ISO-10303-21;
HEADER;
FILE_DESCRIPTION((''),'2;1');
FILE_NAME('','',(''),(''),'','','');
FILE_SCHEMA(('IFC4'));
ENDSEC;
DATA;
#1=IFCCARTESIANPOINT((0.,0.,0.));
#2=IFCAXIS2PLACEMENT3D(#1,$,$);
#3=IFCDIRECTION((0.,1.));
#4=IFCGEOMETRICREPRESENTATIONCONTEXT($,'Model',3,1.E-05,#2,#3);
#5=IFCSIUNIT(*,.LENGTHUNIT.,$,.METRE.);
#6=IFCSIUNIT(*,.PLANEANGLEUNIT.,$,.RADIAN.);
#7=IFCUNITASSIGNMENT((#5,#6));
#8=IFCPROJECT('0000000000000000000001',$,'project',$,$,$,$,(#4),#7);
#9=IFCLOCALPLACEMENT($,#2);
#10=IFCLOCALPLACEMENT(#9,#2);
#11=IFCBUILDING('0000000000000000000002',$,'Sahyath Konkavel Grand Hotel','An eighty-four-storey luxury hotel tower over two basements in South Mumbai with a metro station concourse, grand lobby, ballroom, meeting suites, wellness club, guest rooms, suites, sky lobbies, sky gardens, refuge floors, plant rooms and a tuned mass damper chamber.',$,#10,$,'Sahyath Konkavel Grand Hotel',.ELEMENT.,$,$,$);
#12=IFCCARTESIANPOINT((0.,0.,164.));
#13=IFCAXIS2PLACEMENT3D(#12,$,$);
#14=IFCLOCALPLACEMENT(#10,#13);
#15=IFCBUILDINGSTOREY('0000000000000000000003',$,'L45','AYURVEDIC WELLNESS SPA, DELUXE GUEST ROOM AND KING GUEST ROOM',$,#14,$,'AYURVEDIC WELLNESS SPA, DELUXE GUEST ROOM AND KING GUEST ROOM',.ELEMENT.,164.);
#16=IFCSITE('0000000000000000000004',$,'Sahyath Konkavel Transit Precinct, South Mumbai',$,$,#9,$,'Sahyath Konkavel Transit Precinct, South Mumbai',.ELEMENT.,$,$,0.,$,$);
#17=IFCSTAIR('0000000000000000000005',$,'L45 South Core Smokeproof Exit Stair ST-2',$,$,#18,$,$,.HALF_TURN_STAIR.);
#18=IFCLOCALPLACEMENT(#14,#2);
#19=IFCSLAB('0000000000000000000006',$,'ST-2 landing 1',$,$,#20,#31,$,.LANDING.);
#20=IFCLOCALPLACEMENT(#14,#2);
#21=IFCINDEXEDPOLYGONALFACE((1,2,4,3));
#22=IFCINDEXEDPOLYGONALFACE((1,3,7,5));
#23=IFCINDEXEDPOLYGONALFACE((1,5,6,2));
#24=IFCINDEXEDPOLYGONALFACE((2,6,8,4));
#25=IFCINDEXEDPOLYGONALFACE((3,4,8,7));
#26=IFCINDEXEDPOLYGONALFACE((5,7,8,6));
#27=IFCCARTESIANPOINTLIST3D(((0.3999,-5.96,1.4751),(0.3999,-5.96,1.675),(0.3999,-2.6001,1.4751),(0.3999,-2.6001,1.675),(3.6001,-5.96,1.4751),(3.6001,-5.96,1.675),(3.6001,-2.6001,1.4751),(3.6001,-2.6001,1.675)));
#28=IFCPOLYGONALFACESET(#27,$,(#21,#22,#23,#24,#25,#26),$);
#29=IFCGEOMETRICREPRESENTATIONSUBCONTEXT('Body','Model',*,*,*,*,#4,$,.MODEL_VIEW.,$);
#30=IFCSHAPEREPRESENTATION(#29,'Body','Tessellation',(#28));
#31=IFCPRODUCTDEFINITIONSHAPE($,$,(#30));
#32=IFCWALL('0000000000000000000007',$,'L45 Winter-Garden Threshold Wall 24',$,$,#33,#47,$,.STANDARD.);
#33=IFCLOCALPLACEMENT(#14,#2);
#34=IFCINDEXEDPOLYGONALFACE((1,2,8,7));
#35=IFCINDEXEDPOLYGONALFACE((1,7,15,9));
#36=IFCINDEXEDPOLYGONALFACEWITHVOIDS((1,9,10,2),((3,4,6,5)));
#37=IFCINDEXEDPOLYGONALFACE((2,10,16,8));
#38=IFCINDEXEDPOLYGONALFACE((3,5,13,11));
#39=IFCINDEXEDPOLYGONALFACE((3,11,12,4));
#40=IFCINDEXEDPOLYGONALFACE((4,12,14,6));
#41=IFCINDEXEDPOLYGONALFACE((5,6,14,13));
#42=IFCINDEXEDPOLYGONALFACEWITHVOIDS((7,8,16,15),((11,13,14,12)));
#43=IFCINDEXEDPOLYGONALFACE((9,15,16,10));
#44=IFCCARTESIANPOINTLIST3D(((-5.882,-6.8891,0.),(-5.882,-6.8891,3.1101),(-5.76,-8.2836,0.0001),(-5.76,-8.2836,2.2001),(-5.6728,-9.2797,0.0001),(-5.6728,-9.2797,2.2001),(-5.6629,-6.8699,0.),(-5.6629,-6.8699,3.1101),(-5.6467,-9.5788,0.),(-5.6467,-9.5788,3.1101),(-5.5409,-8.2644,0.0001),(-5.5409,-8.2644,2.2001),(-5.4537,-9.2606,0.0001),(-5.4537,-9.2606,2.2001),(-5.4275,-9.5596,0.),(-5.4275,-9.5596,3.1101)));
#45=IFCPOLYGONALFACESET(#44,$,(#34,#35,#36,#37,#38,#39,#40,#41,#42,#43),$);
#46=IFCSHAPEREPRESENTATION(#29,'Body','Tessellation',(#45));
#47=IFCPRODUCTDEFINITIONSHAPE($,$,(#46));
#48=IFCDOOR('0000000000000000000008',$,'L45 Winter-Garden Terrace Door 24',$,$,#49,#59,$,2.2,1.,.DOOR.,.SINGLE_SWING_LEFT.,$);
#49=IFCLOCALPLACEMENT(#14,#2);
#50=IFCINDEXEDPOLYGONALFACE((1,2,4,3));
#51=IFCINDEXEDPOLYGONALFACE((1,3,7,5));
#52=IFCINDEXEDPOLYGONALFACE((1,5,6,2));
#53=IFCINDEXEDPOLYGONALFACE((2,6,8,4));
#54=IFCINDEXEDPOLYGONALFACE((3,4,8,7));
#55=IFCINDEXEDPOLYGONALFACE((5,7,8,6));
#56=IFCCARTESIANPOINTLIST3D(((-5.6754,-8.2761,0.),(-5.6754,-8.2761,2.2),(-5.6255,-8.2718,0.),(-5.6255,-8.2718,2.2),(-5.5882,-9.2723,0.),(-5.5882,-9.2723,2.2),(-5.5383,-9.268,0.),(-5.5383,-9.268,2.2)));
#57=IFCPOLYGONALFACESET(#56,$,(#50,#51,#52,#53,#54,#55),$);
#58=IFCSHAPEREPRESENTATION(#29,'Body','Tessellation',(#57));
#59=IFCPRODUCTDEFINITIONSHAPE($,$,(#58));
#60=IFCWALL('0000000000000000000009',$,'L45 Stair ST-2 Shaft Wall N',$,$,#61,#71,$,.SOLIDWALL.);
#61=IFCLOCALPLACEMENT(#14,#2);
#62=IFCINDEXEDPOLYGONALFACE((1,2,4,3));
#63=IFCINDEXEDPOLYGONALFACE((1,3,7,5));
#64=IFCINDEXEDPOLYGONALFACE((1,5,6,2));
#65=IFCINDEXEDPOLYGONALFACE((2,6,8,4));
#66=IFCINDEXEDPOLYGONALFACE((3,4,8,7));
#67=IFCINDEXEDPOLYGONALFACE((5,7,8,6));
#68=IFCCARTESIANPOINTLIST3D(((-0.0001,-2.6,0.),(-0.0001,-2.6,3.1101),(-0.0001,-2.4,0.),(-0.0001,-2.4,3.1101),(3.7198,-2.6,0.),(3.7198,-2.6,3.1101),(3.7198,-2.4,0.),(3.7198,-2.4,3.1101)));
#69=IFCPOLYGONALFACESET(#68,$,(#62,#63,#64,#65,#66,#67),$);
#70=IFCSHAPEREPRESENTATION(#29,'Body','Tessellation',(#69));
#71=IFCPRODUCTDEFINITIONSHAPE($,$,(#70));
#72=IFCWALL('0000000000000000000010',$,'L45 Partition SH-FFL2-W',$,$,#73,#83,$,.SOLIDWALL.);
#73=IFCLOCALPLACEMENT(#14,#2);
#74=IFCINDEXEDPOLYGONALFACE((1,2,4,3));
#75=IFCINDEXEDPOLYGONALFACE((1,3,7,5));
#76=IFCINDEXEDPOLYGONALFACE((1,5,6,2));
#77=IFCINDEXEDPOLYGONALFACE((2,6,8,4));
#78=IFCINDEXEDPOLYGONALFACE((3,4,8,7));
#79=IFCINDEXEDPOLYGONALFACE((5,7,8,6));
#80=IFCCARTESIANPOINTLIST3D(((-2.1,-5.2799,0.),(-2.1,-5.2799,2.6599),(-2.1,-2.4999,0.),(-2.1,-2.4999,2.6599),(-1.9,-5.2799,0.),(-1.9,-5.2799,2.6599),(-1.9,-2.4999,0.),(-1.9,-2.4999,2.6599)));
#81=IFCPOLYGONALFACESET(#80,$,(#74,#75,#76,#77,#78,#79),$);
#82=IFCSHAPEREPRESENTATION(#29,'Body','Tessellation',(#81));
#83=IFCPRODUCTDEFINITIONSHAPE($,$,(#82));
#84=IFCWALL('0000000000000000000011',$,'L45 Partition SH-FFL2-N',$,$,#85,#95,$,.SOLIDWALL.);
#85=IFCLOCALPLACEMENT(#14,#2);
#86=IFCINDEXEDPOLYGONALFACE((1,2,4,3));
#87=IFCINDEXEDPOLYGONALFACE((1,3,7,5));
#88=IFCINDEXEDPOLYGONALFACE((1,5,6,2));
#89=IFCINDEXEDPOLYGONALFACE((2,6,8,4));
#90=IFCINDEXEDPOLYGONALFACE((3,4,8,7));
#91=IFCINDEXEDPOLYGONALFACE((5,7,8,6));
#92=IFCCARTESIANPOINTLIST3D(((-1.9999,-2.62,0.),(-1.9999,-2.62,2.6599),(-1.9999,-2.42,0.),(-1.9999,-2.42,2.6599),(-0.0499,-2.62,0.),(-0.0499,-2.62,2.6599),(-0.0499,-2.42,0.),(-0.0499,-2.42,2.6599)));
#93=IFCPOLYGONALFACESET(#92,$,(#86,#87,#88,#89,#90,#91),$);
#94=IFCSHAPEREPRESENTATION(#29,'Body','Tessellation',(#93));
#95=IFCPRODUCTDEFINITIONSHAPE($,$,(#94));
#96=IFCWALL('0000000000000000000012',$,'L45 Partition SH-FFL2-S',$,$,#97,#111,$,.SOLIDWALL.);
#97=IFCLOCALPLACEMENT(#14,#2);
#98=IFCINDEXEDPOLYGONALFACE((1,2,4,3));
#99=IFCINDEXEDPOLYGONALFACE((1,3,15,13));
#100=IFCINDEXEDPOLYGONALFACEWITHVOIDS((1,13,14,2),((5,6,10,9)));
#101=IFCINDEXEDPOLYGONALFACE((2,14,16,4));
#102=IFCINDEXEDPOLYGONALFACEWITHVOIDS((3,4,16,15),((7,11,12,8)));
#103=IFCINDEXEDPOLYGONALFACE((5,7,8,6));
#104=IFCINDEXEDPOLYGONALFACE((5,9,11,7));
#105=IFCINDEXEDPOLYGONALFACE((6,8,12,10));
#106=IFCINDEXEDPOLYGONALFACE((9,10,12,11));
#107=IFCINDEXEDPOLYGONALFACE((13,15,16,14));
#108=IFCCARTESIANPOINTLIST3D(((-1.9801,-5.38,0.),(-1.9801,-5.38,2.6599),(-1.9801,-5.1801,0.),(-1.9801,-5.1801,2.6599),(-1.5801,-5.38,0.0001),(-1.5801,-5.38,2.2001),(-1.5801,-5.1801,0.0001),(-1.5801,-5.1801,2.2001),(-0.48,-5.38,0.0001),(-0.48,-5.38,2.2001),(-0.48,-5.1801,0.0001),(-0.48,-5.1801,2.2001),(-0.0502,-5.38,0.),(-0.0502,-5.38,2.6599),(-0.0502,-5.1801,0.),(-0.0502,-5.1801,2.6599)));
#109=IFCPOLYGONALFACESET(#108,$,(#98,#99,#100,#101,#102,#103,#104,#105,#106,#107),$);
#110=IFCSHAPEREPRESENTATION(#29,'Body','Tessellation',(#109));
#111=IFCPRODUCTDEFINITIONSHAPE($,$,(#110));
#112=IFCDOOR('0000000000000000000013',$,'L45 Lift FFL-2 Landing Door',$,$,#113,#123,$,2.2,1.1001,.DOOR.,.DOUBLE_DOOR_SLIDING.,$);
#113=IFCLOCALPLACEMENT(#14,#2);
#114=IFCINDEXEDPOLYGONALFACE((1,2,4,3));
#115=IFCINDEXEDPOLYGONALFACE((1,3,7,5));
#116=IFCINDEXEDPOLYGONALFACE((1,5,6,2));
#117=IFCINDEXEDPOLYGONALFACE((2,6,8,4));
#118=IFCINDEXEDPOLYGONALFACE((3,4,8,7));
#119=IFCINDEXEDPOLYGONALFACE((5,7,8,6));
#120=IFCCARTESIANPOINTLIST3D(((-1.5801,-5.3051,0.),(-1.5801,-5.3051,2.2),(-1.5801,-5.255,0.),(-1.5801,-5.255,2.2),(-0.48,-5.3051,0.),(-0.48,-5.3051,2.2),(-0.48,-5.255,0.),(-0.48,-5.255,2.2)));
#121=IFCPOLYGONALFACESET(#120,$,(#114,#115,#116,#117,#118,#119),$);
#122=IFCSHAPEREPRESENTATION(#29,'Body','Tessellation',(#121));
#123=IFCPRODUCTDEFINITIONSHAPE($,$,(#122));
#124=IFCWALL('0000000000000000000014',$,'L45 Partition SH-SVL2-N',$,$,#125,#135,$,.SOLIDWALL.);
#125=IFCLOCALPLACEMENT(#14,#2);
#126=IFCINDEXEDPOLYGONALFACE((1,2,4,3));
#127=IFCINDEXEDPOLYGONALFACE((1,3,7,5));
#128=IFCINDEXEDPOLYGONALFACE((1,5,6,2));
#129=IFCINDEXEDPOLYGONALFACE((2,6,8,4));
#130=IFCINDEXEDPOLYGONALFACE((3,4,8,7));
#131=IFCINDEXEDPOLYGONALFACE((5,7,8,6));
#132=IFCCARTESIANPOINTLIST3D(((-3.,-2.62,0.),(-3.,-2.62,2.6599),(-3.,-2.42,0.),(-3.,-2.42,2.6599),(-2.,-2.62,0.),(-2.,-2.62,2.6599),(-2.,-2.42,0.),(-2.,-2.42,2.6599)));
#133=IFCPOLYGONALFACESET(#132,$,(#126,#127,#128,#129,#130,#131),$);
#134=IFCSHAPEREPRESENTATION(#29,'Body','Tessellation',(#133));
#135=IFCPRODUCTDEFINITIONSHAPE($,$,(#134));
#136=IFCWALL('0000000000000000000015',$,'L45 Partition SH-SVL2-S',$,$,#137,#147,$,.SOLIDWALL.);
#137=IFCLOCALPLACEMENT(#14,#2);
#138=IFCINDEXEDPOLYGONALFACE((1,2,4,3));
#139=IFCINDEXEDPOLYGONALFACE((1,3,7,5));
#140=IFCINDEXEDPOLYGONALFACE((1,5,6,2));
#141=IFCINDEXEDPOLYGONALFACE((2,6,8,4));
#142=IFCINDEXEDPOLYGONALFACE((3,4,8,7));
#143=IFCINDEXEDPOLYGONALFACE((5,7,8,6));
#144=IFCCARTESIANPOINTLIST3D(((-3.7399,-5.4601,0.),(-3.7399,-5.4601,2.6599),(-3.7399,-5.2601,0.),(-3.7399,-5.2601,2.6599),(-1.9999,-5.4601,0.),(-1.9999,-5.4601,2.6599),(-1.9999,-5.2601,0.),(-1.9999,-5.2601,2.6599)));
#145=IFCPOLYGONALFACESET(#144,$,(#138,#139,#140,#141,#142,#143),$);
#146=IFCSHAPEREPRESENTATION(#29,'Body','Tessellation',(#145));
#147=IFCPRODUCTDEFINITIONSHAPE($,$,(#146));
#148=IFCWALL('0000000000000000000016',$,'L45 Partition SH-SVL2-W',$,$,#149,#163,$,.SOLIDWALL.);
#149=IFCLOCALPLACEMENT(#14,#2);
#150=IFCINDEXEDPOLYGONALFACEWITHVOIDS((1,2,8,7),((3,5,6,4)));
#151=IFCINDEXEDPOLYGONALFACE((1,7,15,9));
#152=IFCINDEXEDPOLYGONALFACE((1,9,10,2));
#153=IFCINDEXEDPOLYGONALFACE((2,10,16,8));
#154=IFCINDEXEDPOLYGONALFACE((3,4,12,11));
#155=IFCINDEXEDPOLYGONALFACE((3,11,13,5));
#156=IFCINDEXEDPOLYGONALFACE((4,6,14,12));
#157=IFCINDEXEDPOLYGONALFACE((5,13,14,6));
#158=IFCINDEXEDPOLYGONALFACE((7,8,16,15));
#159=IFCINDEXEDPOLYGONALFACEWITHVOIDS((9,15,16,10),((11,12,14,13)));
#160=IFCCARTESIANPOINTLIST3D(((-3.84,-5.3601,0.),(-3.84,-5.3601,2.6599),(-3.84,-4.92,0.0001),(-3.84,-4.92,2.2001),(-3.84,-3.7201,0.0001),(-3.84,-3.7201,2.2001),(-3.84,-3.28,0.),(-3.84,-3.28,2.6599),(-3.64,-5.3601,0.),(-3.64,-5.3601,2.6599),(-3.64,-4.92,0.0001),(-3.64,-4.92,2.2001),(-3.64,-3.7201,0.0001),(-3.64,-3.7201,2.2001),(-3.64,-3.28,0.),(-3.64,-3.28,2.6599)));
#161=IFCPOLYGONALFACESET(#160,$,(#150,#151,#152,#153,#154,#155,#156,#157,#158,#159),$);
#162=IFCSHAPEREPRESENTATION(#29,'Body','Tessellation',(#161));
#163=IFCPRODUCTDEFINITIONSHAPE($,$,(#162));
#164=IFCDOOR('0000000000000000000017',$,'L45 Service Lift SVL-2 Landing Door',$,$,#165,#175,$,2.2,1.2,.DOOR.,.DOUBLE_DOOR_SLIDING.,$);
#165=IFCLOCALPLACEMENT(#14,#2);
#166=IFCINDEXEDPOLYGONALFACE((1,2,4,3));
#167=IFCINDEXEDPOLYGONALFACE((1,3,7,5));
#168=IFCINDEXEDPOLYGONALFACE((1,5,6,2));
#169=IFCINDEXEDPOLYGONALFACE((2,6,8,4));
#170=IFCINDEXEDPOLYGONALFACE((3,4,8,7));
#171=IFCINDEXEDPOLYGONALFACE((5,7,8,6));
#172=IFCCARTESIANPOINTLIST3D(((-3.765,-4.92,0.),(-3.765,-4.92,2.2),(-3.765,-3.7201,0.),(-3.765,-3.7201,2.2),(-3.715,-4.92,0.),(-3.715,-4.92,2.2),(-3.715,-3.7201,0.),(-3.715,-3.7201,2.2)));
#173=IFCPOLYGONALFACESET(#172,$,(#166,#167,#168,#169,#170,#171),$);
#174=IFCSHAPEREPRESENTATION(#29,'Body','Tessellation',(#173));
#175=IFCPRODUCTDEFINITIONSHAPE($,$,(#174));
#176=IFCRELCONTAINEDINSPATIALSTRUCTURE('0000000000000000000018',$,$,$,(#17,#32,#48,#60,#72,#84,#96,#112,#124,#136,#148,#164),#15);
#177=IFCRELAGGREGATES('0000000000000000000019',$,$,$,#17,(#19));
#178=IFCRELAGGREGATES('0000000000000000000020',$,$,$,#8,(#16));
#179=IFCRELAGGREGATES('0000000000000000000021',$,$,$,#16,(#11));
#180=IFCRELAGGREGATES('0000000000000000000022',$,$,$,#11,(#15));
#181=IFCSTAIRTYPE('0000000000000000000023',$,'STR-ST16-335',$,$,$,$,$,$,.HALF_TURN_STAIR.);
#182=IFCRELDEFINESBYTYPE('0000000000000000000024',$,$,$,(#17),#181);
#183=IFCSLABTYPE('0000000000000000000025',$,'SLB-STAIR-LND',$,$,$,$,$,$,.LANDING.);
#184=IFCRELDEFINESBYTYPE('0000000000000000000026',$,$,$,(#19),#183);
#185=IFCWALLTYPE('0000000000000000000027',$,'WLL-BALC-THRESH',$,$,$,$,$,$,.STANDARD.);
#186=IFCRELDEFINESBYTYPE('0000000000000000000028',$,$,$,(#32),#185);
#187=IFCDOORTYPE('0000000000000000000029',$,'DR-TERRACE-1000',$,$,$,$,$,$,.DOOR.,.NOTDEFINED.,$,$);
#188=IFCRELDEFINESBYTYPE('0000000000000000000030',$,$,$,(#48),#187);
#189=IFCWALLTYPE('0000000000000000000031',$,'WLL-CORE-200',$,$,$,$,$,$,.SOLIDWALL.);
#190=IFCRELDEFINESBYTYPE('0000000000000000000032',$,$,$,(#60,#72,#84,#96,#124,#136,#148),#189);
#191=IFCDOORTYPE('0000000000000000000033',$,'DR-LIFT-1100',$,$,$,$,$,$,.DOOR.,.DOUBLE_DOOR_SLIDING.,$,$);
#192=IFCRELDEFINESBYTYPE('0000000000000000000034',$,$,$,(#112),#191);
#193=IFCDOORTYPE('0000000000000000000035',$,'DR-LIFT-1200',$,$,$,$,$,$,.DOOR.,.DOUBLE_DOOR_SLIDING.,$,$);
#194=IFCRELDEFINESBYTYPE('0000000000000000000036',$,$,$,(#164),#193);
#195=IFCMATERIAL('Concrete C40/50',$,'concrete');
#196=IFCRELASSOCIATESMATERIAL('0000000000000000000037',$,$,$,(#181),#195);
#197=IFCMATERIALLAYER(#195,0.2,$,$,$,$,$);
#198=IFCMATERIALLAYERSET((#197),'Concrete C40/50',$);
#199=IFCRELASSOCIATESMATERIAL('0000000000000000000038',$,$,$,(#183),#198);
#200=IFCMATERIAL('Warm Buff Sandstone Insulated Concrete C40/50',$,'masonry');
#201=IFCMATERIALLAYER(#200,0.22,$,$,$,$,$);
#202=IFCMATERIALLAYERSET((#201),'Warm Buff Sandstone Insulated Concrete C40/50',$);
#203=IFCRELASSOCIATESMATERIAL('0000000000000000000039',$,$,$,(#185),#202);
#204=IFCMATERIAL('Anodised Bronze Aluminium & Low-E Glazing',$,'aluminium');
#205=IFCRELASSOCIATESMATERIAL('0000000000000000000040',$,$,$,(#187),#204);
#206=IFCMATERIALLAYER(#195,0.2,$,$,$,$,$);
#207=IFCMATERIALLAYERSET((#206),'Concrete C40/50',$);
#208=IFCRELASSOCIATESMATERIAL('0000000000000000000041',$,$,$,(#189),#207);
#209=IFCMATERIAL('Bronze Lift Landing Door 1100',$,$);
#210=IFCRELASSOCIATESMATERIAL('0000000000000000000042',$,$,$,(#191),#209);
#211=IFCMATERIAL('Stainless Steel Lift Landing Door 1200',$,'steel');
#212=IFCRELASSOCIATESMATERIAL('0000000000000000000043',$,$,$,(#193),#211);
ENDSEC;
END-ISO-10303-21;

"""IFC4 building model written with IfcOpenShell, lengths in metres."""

from ifc_helpers import new_model, si_unit, direction, frame, frame_2d, origin, origin_2d, place, context, subcontext, project, spatial, polyline, rectangle, outline, extrude, source, transform, mapped, material, layer, layer_set, type_object, element, fill, aggregate, save


model = new_model("IFC4")

# Units and contexts
model_context = context("Model", 3, precision=1e-05, world=origin(), true_north=direction((0.0, 1.0)))
body_context = subcontext(model_context, "Body", "Model", "MODEL_VIEW")
ifc_project = project(units=[si_unit("LENGTHUNIT", "METRE"), si_unit("PLANEANGLEUNIT", "RADIAN")], contexts=[model_context])

# Site, building, storey
site_placement = place(None, origin())
site = spatial("IfcSite", under=ifc_project, at=site_placement, Name="Sahyath Konkavel Transit Precinct, South Mumbai", LongName="Sahyath Konkavel Transit Precinct, South Mumbai", CompositionType="ELEMENT", RefElevation=0.0)
building_placement = place(site_placement, origin())
building = spatial("IfcBuilding", under=site, at=building_placement, Name="Sahyath Konkavel Grand Hotel", Description="An eighty-four-storey luxury hotel tower over two basements in South Mumbai with a metro station concourse, grand lobby, ballroom, meeting suites, wellness club, guest rooms, suites, sky lobbies, sky gardens, refuge floors, plant rooms and a tuned mass damper chamber.", LongName="Sahyath Konkavel Grand Hotel", CompositionType="ELEMENT")
storey_placement = place(building_placement, frame((0.0, 0.0, 164.0)))
storey = spatial("IfcBuildingStorey", under=building, at=storey_placement, Name="L45", Description="AYURVEDIC WELLNESS SPA, DELUXE GUEST ROOM AND KING GUEST ROOM", LongName="AYURVEDIC WELLNESS SPA, DELUXE GUEST ROOM AND KING GUEST ROOM", CompositionType="ELEMENT", Elevation=164.0)

# Shared definitions
ifc_material_1 = material(Name="Anodised Bronze Aluminium & Low-E Glazing", Category="aluminium")

# Shared definitions
ifc_material_2 = material(Name="Concrete C40/50", Category="concrete")

# Stair, slab
stair_type = type_object("IfcStairType", Name="STR-ST16-335", PredefinedType="HALF_TURN_STAIR", material=ifc_material_2)
ifc_layer_1 = layer(ifc_material_2, 0.2)
ifc_layer_set_1 = layer_set([ifc_layer_1], Name="Concrete C40/50")
slab_type_1 = type_object("IfcSlabType", Name="SLB-STAIR-LND", PredefinedType="LANDING", material=ifc_layer_set_1)
stair_1_placement = place(storey_placement, origin())
stair_1 = element("IfcStair", 1, at=stair_1_placement, inside=storey, type_object=stair_type, Name="L45 South Core Smokeproof Exit Stair ST-2", PredefinedType="HALF_TURN_STAIR")
slab_1_placement = place(storey_placement, frame((0.0, 0.0, 1.4751)))
slab_1 = element("IfcSlab", 2, at=slab_1_placement, type_object=slab_type_1, Name="ST-2 landing 1", PredefinedType="LANDING", context=body_context, shape_type="SweptSolid", body=[
    extrude(outline(polyline([(3.6001, -5.96), (3.6001, -2.6001), (0.3999, -2.6001), (0.3999, -5.96), (3.6001, -5.96)])), origin(), (0.0, 0.0, 1.0), 0.2),
])
aggregate(stair_1, [slab_1])

# Wall, opening, door
ifc_material_3 = material(Name="Warm Buff Sandstone Insulated Concrete C40/50", Category="masonry")
ifc_layer_2 = layer(ifc_material_3, 0.22)
ifc_layer_set_2 = layer_set([ifc_layer_2], Name="Warm Buff Sandstone Insulated Concrete C40/50")
wall_type_1 = type_object("IfcWallType", Name="WLL-BALC-THRESH", PredefinedType="STANDARD", material=ifc_layer_set_2)
wall_1_placement = place(storey_placement, frame((-5.7725, -6.8794, 0.0), z_axis=(0.0, 0.0, 1.0), x_axis=(0.087168, -0.996194, 0.0)))
wall_1 = element("IfcWall", 3, at=wall_1_placement, inside=storey, type_object=wall_type_1, Name="L45 Winter-Garden Threshold Wall 24", PredefinedType="STANDARD", context=body_context, shape_type="SweptSolid", body=[
    extrude(rectangle(XDim=2.7, YDim=0.22, at=frame_2d((1.3501, 0.0))), origin(), (0.0, 0.0, 1.0), 3.1101),
])
opening_1_placement = place(wall_1_placement, frame((1.3999, 0.0, 0.0)))
opening_1 = element("IfcOpeningElement", 4, at=opening_1_placement, cuts=wall_1, PredefinedType="OPENING", context=body_context, shape_type="SweptSolid", body=[
    extrude(rectangle(XDim=1.0, YDim=2.2, at=frame_2d((0.5, 1.1001))), frame((0.0, 0.1201, 0.0), z_axis=(0.0, -1.0, 0.0), x_axis=(1.0, 0.0, 0.0)), (0.0, 0.0, 1.0), 0.24),
])
door_type_1 = type_object("IfcDoorType", Name="DR-TERRACE-1000", OperationType="NOTDEFINED", PredefinedType="DOOR", material=ifc_material_1)
shared_shape_1 = source(origin(), body_context, "Body", "SweptSolid", [
    extrude(rectangle(XDim=1.0, YDim=0.05, at=origin_2d()), origin(), (0.0, 0.0, 1.0), 2.2),
])
door_1_placement = place(opening_1_placement, frame((0.5, 0.0, 0.0)))
door_1 = element("IfcDoor", 5, at=door_1_placement, inside=storey, type_object=door_type_1, Name="L45 Winter-Garden Terrace Door 24", OperationType="SINGLE_SWING_LEFT", OverallHeight=2.2, OverallWidth=1.0, PredefinedType="DOOR", context=body_context, shape_type="MappedRepresentation", body=[
    mapped(shared_shape_1, transform((0.0, 0.0, 0.0), scale=1.0)),
])
fill(opening_1, door_1)

# Walls
ifc_layer_3 = layer(ifc_material_2, 0.2)
ifc_layer_set_3 = layer_set([ifc_layer_3], Name="Concrete C40/50")
wall_type_2 = type_object("IfcWallType", Name="WLL-CORE-200", PredefinedType="SOLIDWALL", material=ifc_layer_set_3)
wall_2_placement = place(storey_placement, frame((0.0, -2.5, 0.0), z_axis=(0.0, 0.0, 1.0), x_axis=(1.0, 0.0, 0.0)))
element("IfcWall", 6, at=wall_2_placement, inside=storey, type_object=wall_type_2, Name="L45 Stair ST-2 Shaft Wall N", PredefinedType="SOLIDWALL", context=body_context, shape_type="SweptSolid", body=[
    extrude(rectangle(XDim=3.72, YDim=0.2, at=frame_2d((1.8599, 0.0))), origin(), (0.0, 0.0, 1.0), 3.1101),
])
wall_3_placement = place(storey_placement, frame((-2.0, -5.28, 0.0), z_axis=(0.0, 0.0, 1.0), x_axis=(0.0, 1.0, 0.0)))
element("IfcWall", 7, at=wall_3_placement, inside=storey, type_object=wall_type_2, Name="L45 Partition SH-FFL2-W", PredefinedType="SOLIDWALL", context=body_context, shape_type="SweptSolid", body=[
    extrude(rectangle(XDim=2.78, YDim=0.2, at=frame_2d((1.3901, 0.0))), origin(), (0.0, 0.0, 1.0), 2.6599),
])
wall_4_placement = place(storey_placement, frame((-2.0, -2.52, 0.0), z_axis=(0.0, 0.0, 1.0), x_axis=(1.0, 0.0, 0.0)))
element("IfcWall", 8, at=wall_4_placement, inside=storey, type_object=wall_type_2, Name="L45 Partition SH-FFL2-N", PredefinedType="SOLIDWALL", context=body_context, shape_type="SweptSolid", body=[
    extrude(rectangle(XDim=1.95, YDim=0.2, at=frame_2d((0.9751, 0.0))), origin(), (0.0, 0.0, 1.0), 2.6599),
])

# Wall, opening, door
wall_5_placement = place(storey_placement, frame((-1.98, -5.28, 0.0), z_axis=(0.0, 0.0, 1.0), x_axis=(1.0, 0.0, 0.0)))
wall_5 = element("IfcWall", 9, at=wall_5_placement, inside=storey, type_object=wall_type_2, Name="L45 Partition SH-FFL2-S", PredefinedType="SOLIDWALL", context=body_context, shape_type="SweptSolid", body=[
    extrude(rectangle(XDim=1.9299, YDim=0.2, at=frame_2d((0.9648, 0.0))), origin(), (0.0, 0.0, 1.0), 2.6599),
])
opening_2_placement = place(wall_5_placement, frame((0.3999, 0.0, 0.0)))
opening_2 = element("IfcOpeningElement", 10, at=opening_2_placement, cuts=wall_5, PredefinedType="OPENING", context=body_context, shape_type="SweptSolid", body=[
    extrude(rectangle(XDim=1.1001, YDim=2.2, at=frame_2d((0.55, 1.1001))), frame((0.0, 0.1099, 0.0), z_axis=(0.0, -1.0, 0.0), x_axis=(1.0, 0.0, 0.0)), (0.0, 0.0, 1.0), 0.22),
])
ifc_material_4 = material(Name="Bronze Lift Landing Door 1100")
door_type_2 = type_object("IfcDoorType", Name="DR-LIFT-1100", OperationType="DOUBLE_DOOR_SLIDING", PredefinedType="DOOR", material=ifc_material_4)
shared_shape_2 = source(origin(), body_context, "Body", "SweptSolid", [
    extrude(rectangle(XDim=1.1001, YDim=0.05, at=origin_2d()), origin(), (0.0, 0.0, 1.0), 2.2),
])
door_2_placement = place(opening_2_placement, frame((0.55, 0.0, 0.0)))
door_2 = element("IfcDoor", 11, at=door_2_placement, inside=storey, type_object=door_type_2, Name="L45 Lift FFL-2 Landing Door", OperationType="DOUBLE_DOOR_SLIDING", OverallHeight=2.2, OverallWidth=1.1001, PredefinedType="DOOR", context=body_context, shape_type="MappedRepresentation", body=[
    mapped(shared_shape_2, transform((0.0, 0.0, 0.0), scale=1.0)),
])
fill(opening_2, door_2)

# Walls
wall_6_placement = place(storey_placement, frame((-3.0, -2.52, 0.0), z_axis=(0.0, 0.0, 1.0), x_axis=(1.0, 0.0, 0.0)))
element("IfcWall", 12, at=wall_6_placement, inside=storey, type_object=wall_type_2, Name="L45 Partition SH-SVL2-N", PredefinedType="SOLIDWALL", context=body_context, shape_type="SweptSolid", body=[
    extrude(rectangle(XDim=1.0, YDim=0.2, at=frame_2d((0.5, 0.0))), origin(), (0.0, 0.0, 1.0), 2.6599),
])
wall_7_placement = place(storey_placement, frame((-3.74, -5.3601, 0.0), z_axis=(0.0, 0.0, 1.0), x_axis=(1.0, 0.0, 0.0)))
element("IfcWall", 13, at=wall_7_placement, inside=storey, type_object=wall_type_2, Name="L45 Partition SH-SVL2-S", PredefinedType="SOLIDWALL", context=body_context, shape_type="SweptSolid", body=[
    extrude(rectangle(XDim=1.74, YDim=0.2, at=frame_2d((0.8701, 0.0))), origin(), (0.0, 0.0, 1.0), 2.6599),
])

# Wall, opening, door
wall_8_placement = place(storey_placement, frame((-3.74, -5.3601, 0.0), z_axis=(0.0, 0.0, 1.0), x_axis=(0.0, 1.0, 0.0)))
wall_8 = element("IfcWall", 14, at=wall_8_placement, inside=storey, type_object=wall_type_2, Name="L45 Partition SH-SVL2-W", PredefinedType="SOLIDWALL", context=body_context, shape_type="SweptSolid", body=[
    extrude(rectangle(XDim=2.0801, YDim=0.2, at=frame_2d((1.04, 0.0))), origin(), (0.0, 0.0, 1.0), 2.6599),
])
opening_3_placement = place(wall_8_placement, frame((0.4399, 0.0, 0.0)))
opening_3 = element("IfcOpeningElement", 15, at=opening_3_placement, cuts=wall_8, PredefinedType="OPENING", context=body_context, shape_type="SweptSolid", body=[
    extrude(rectangle(XDim=1.2, YDim=2.2, at=frame_2d((0.6001, 1.1001))), frame((0.0, 0.1099, 0.0), z_axis=(0.0, -1.0, 0.0), x_axis=(1.0, 0.0, 0.0)), (0.0, 0.0, 1.0), 0.22),
])
ifc_material_5 = material(Name="Stainless Steel Lift Landing Door 1200", Category="steel")
door_type_3 = type_object("IfcDoorType", Name="DR-LIFT-1200", OperationType="DOUBLE_DOOR_SLIDING", PredefinedType="DOOR", material=ifc_material_5)
shared_shape_3 = source(origin(), body_context, "Body", "SweptSolid", [
    extrude(rectangle(XDim=1.2, YDim=0.05, at=origin_2d()), origin(), (0.0, 0.0, 1.0), 2.2),
])
door_3_placement = place(opening_3_placement, frame((0.6001, 0.0, 0.0)))
door_3 = element("IfcDoor", 16, at=door_3_placement, inside=storey, type_object=door_type_3, Name="L45 Service Lift SVL-2 Landing Door", OperationType="DOUBLE_DOOR_SLIDING", OverallHeight=2.2, OverallWidth=1.2, PredefinedType="DOOR", context=body_context, shape_type="MappedRepresentation", body=[
    mapped(shared_shape_3, transform((0.0, 0.0, 0.0), scale=1.0)),
])
fill(opening_3, door_3)

save(model, "model.ifc")
